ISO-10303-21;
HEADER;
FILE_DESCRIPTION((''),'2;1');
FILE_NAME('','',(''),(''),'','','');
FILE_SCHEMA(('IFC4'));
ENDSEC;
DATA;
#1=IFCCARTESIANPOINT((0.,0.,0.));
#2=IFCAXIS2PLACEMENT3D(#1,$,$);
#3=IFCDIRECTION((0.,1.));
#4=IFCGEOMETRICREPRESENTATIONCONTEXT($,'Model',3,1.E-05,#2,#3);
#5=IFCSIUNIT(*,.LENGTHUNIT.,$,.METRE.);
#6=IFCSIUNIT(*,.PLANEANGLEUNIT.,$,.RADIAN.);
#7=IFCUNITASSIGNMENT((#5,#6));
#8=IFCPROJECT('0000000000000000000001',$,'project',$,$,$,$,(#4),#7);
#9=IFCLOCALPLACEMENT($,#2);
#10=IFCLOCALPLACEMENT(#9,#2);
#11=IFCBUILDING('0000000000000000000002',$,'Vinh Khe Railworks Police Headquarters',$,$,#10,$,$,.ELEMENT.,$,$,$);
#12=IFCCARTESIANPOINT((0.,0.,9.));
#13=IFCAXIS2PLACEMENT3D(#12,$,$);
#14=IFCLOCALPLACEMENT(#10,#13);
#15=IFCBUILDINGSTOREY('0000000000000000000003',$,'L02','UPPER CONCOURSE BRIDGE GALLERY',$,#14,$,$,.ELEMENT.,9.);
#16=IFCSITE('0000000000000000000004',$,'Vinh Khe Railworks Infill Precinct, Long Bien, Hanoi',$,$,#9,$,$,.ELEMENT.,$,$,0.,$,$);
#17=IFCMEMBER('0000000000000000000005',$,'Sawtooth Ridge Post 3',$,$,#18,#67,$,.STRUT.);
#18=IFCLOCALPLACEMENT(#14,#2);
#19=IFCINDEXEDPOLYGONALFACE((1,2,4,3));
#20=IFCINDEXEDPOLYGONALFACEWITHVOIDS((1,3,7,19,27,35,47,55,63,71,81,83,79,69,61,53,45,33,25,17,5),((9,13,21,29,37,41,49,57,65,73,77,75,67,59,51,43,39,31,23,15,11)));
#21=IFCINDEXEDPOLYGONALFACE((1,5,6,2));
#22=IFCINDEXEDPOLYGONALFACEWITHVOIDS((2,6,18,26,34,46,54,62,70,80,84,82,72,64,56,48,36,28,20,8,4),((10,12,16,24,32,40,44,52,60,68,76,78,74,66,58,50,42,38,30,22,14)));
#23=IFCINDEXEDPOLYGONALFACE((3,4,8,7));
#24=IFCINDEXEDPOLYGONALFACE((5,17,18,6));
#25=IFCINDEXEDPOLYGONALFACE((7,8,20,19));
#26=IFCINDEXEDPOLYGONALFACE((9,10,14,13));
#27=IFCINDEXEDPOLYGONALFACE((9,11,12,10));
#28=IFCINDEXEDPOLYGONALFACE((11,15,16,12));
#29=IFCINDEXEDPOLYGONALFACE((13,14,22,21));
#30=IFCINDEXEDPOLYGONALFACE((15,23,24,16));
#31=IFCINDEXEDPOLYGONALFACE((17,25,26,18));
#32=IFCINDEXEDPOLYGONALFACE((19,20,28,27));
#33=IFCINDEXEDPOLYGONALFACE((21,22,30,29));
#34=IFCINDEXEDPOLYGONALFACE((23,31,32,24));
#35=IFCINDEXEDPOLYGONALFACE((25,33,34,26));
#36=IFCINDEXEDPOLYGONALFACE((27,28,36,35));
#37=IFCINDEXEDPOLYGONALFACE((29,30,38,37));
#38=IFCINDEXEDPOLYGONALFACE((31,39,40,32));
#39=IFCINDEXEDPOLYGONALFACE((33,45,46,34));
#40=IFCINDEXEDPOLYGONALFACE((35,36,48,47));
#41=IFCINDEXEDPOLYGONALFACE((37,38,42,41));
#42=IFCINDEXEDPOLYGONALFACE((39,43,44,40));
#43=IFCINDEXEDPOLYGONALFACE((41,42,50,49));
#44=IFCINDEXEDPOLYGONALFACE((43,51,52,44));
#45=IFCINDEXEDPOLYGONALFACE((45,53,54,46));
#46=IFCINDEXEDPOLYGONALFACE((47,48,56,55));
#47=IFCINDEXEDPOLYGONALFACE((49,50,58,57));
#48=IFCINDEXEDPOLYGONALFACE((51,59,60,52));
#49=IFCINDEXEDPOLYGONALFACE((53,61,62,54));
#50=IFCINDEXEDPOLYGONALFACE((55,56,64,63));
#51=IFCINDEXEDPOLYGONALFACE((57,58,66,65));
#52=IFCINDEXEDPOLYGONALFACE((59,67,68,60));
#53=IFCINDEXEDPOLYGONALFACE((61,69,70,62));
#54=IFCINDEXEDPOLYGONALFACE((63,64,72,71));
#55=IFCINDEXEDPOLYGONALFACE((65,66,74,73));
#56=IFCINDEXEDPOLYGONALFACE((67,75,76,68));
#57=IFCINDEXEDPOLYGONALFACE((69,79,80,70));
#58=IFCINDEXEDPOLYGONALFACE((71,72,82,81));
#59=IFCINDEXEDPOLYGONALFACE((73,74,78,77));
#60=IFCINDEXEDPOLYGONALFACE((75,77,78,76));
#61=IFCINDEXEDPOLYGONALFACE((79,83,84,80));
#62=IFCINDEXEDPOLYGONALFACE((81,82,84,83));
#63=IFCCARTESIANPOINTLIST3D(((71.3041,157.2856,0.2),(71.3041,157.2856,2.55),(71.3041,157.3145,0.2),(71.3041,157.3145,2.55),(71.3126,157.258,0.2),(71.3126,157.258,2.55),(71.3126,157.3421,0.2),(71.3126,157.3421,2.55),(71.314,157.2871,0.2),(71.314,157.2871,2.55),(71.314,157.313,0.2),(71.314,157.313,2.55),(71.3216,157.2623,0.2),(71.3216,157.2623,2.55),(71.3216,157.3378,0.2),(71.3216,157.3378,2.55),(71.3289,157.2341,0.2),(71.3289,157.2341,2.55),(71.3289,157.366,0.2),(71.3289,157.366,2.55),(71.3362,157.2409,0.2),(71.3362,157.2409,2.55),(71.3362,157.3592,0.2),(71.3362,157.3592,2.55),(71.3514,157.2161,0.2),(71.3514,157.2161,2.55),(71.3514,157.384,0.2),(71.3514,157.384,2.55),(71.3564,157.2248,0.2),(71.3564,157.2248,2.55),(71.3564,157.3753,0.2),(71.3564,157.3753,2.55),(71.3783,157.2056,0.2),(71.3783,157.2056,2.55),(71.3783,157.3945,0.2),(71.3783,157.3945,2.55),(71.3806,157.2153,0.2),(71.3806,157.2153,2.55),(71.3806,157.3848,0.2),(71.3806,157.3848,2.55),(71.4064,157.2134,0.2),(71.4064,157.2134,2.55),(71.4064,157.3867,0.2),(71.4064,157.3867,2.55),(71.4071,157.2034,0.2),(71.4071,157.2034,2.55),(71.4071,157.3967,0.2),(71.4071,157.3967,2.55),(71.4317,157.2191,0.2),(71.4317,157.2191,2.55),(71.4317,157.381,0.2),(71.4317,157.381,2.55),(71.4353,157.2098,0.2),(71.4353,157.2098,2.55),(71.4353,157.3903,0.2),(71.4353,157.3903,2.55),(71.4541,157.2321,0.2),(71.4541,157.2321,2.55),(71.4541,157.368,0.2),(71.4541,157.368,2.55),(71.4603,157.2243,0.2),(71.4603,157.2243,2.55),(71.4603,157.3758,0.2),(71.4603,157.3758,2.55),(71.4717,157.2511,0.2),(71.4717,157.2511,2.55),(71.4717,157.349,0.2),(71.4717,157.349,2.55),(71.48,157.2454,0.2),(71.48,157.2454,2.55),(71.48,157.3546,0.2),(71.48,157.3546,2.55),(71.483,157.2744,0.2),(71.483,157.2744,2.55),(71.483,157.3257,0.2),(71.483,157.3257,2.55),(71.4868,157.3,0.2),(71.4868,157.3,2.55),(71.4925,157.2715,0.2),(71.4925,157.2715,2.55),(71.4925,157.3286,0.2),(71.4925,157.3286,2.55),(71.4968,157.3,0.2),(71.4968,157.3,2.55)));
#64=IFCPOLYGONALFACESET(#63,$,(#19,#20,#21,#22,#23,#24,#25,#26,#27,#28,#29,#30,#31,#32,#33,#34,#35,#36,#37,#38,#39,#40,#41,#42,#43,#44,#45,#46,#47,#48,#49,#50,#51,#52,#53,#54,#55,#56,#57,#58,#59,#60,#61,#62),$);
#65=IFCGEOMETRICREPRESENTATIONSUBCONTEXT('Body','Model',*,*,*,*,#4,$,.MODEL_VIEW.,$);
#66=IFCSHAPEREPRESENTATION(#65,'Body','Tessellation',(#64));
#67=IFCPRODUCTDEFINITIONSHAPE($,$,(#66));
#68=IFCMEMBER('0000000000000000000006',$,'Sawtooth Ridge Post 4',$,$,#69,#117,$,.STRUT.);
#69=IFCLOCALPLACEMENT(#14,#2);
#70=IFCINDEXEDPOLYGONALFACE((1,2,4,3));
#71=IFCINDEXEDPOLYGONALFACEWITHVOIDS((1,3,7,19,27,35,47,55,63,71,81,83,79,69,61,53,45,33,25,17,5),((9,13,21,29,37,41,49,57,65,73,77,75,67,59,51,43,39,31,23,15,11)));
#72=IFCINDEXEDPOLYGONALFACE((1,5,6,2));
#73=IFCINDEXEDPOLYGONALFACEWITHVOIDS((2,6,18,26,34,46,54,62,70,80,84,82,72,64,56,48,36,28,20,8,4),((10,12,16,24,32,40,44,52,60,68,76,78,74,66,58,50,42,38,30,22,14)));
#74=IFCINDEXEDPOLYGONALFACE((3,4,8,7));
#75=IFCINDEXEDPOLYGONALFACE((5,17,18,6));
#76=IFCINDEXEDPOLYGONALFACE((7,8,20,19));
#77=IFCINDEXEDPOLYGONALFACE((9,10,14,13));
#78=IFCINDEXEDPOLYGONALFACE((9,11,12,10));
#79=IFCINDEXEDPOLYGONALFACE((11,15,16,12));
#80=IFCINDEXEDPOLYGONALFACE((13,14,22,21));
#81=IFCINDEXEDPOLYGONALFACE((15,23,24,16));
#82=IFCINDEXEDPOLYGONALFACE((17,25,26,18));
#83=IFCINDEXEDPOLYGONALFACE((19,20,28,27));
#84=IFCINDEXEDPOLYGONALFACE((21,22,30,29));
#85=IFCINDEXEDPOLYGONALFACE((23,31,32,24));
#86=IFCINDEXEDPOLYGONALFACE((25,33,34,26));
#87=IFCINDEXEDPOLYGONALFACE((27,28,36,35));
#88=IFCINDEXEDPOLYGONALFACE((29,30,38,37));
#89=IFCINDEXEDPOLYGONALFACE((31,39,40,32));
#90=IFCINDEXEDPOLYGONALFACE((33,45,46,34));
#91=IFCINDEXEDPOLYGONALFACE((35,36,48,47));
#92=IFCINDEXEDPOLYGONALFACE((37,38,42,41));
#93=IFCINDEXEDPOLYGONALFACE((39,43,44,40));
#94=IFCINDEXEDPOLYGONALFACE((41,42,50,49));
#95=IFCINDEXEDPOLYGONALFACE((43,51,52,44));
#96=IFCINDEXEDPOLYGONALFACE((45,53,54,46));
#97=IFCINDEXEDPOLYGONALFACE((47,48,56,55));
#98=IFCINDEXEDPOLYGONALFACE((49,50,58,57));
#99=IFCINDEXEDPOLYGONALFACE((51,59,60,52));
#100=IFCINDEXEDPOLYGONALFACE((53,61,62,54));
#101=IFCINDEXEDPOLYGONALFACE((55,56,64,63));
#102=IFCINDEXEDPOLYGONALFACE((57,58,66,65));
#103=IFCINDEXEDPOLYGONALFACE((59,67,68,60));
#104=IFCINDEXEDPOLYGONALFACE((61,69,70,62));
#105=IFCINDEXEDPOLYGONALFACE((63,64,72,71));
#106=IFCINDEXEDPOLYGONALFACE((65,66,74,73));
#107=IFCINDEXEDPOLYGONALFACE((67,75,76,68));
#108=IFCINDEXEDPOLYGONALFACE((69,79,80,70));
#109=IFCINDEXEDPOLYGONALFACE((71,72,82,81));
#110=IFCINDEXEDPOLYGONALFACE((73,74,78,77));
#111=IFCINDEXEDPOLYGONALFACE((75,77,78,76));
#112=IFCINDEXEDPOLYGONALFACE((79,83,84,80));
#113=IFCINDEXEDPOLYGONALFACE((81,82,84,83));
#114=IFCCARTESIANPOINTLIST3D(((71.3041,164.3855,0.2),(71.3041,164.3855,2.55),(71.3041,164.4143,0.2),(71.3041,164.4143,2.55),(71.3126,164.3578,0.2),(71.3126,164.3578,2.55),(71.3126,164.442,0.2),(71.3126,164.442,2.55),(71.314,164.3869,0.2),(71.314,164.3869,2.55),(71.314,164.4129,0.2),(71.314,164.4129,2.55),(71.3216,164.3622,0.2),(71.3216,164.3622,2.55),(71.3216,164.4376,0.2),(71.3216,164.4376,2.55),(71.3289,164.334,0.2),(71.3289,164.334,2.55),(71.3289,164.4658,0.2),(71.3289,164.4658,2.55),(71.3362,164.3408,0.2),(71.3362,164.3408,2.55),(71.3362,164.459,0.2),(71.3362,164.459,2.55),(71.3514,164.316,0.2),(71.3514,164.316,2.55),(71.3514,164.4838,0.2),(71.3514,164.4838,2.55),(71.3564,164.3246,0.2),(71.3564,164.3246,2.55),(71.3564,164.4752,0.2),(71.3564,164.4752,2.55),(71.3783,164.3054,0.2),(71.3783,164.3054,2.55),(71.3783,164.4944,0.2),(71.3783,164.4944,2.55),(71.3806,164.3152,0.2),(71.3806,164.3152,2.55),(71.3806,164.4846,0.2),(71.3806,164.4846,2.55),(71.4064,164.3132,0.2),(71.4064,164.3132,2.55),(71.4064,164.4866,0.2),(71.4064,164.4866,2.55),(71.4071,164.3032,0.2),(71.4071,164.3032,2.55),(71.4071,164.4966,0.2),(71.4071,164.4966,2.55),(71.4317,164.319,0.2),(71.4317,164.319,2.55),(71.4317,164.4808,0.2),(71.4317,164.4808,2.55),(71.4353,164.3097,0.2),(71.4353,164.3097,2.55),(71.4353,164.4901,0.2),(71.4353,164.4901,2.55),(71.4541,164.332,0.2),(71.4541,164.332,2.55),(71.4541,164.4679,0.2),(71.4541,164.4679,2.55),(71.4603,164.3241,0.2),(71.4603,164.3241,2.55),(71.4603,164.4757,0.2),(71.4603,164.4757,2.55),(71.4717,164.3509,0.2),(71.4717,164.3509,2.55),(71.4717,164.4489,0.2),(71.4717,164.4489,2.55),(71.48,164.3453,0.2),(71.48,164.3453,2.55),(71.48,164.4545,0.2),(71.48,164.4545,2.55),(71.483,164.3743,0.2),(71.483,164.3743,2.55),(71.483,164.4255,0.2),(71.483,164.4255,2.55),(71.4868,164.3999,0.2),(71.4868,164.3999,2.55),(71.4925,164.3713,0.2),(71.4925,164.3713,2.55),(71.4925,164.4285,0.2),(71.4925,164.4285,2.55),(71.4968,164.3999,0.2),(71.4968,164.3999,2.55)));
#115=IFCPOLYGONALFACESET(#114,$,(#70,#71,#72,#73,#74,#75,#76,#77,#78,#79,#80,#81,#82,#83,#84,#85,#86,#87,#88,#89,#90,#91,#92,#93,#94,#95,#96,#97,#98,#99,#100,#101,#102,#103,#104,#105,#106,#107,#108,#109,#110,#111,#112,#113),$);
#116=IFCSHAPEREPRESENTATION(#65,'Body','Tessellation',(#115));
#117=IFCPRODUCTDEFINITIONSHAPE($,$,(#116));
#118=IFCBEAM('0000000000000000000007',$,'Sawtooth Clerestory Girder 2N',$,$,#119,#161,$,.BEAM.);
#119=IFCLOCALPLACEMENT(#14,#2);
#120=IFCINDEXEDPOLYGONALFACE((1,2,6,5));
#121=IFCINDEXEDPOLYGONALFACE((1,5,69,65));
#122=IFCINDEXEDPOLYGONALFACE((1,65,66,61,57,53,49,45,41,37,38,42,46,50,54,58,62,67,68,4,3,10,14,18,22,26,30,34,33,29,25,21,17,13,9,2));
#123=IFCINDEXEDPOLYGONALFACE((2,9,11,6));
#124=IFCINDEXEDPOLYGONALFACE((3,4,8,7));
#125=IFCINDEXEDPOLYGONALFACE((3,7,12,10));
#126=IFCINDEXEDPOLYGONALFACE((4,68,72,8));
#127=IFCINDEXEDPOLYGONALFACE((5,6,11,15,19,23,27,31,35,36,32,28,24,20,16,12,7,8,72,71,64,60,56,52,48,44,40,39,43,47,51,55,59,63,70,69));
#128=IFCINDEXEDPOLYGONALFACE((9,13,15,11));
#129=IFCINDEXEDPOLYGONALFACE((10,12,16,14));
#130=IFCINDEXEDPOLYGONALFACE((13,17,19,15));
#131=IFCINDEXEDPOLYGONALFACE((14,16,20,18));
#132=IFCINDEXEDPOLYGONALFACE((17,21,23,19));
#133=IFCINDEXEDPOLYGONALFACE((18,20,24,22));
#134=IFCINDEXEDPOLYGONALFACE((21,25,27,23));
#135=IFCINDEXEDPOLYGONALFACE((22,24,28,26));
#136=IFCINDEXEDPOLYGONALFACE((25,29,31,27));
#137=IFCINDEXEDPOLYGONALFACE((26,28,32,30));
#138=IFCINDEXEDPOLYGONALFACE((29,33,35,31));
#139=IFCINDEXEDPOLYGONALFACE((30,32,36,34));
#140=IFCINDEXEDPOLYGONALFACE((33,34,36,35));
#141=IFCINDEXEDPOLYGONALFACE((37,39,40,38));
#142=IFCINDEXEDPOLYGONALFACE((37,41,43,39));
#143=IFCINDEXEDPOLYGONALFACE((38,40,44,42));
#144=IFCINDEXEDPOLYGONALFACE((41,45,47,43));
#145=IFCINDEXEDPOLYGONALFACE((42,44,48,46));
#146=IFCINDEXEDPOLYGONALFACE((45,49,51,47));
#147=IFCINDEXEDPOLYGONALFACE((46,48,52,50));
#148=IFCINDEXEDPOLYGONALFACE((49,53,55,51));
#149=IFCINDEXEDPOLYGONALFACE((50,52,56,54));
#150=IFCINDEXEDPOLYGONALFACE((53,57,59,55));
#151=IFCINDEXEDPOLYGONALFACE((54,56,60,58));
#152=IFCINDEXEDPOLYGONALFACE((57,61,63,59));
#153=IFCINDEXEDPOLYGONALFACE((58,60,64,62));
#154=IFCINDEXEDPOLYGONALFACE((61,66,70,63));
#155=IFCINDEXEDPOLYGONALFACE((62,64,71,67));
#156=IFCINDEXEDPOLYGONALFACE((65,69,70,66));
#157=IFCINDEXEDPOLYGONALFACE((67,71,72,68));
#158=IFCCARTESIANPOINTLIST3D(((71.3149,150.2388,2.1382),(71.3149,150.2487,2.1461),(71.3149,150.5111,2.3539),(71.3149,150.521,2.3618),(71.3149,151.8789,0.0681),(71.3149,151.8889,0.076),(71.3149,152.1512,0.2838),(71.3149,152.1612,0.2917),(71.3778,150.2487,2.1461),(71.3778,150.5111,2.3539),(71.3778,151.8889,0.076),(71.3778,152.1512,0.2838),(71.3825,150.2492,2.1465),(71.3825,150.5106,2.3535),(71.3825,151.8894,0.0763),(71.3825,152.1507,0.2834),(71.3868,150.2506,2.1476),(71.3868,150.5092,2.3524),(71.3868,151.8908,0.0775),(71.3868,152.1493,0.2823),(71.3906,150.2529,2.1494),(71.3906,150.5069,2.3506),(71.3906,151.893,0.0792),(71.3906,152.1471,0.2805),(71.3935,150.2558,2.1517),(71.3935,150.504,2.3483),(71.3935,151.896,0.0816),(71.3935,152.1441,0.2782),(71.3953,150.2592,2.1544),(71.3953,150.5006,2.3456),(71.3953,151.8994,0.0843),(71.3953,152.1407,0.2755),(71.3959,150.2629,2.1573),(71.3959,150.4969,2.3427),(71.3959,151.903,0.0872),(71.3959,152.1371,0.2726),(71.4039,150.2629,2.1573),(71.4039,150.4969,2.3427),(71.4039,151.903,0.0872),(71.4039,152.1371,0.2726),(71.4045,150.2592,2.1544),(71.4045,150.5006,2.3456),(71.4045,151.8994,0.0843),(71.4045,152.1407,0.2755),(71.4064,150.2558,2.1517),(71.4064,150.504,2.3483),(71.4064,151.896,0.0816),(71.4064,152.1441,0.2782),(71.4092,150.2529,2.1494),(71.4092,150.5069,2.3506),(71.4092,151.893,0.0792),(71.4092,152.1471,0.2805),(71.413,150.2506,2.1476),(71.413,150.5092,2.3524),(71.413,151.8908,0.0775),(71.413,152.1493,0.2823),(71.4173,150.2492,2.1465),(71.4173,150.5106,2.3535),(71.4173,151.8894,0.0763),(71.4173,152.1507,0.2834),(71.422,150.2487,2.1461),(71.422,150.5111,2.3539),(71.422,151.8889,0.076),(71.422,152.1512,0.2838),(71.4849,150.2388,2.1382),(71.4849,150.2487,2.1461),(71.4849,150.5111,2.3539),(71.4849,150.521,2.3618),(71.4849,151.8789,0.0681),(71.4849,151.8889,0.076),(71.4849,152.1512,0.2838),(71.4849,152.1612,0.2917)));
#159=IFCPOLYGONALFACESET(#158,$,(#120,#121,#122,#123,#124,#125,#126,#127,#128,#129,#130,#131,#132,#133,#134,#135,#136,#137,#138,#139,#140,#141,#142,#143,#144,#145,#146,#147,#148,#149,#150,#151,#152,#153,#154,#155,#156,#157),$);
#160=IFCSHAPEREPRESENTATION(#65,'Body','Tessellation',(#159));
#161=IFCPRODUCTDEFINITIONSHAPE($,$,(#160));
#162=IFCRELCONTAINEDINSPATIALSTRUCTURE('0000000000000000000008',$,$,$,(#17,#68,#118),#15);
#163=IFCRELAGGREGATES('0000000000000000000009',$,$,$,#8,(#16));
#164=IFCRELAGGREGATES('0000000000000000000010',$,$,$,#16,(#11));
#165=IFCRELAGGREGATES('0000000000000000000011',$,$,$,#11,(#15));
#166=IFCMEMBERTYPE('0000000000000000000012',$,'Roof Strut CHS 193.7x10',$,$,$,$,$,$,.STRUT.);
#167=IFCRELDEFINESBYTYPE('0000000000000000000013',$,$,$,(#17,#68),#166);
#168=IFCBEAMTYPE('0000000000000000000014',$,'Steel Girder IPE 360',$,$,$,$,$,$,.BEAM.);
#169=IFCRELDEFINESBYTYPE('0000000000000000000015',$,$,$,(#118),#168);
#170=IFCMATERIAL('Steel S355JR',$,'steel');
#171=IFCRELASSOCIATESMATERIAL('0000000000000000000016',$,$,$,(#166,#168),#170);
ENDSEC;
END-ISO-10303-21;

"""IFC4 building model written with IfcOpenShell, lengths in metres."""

from ifc_helpers import new_model, si_unit, direction, frame, origin, origin_2d, place, context, subcontext, project, spatial, hollow_circle, i_section, extrude, material, material_profile, profile_set, type_object, element, save


model = new_model("IFC4")

# Units and contexts
model_context = context("Model", 3, precision=1e-05, world=origin(), true_north=direction((0.0, 1.0)))
body_context = subcontext(model_context, "Body", "Model", "MODEL_VIEW")
ifc_project = project(units=[si_unit("LENGTHUNIT", "METRE"), si_unit("PLANEANGLEUNIT", "RADIAN")], contexts=[model_context])

# Site, building, storey
site_placement = place(None, origin())
site = spatial("IfcSite", under=ifc_project, at=site_placement, Name="Vinh Khe Railworks Infill Precinct, Long Bien, Hanoi", CompositionType="ELEMENT", RefElevation=0.0)
building_placement = place(site_placement, origin())
building = spatial("IfcBuilding", under=site, at=building_placement, Name="Vinh Khe Railworks Police Headquarters", CompositionType="ELEMENT")
storey_placement = place(building_placement, frame((0.0, 0.0, 9.0)))
storey = spatial("IfcBuildingStorey", under=building, at=storey_placement, Name="L02", Description="UPPER CONCOURSE BRIDGE GALLERY", CompositionType="ELEMENT", Elevation=9.0)

# Members
ifc_material = material(Name="Steel S355JR", Category="steel")
ifc_material_profile_1 = material_profile(ifc_material, hollow_circle(Radius=0.0969, WallThickness=0.01, at=origin_2d()), Name="CHS 193.7x10")
ifc_profile_set_1 = profile_set([ifc_material_profile_1], Name="Steel S355JR")
member_type = type_object("IfcMemberType", Name="Roof Strut CHS 193.7x10", PredefinedType="STRUT", material=ifc_profile_set_1)
for number, where, z_axis, x_axis, name in (
    (1, (71.3999, 157.3, 0.2), (0.0, 0.0, 1.0), (1.0, 0.0, 0.0), "Sawtooth Ridge Post 3"),
    (2, (71.3999, 164.3999, 0.2), (0.0, 0.0, 1.0), (1.0, 0.0, 0.0), "Sawtooth Ridge Post 4"),
):
    element("IfcMember", number, at=place(storey_placement, frame(where, z_axis=z_axis, x_axis=x_axis)), inside=storey, type_object=member_type, Name=name, PredefinedType="STRUT", context=body_context, shape_type="SweptSolid", body=[
        extrude(hollow_circle(Radius=0.0969, WallThickness=0.01, at=origin_2d()), origin(), (0.0, 0.0, 1.0), 2.3501),
    ])

# Beam
ifc_material_profile_2 = material_profile(ifc_material, i_section(OverallWidth=0.1699, OverallDepth=0.3601, WebThickness=0.0081, FlangeThickness=0.0127, FilletRadius=0.0181, at=origin_2d()), Name="IPE 360")
ifc_profile_set_2 = profile_set([ifc_material_profile_2], Name="Steel S355JR")
beam_type = type_object("IfcBeamType", Name="Steel Girder IPE 360", PredefinedType="BEAM", material=ifc_profile_set_2)
beam_1_placement = place(storey_placement, frame((71.3999, 150.3799, 2.25), z_axis=(0.0, 0.621013, -0.7838), x_axis=(-1.0, 0.0, 0.0)))
element("IfcBeam", 3, at=beam_1_placement, inside=storey, type_object=beam_type, Name="Sawtooth Clerestory Girder 2N", PredefinedType="BEAM", context=body_context, shape_type="SweptSolid", body=[
    extrude(i_section(OverallWidth=0.1699, OverallDepth=0.3601, WebThickness=0.0081, FlangeThickness=0.0127, FilletRadius=0.0181, at=origin_2d()), origin(), (0.0, 0.0, 1.0), 2.6411),
])

save(model, "model.ifc")
